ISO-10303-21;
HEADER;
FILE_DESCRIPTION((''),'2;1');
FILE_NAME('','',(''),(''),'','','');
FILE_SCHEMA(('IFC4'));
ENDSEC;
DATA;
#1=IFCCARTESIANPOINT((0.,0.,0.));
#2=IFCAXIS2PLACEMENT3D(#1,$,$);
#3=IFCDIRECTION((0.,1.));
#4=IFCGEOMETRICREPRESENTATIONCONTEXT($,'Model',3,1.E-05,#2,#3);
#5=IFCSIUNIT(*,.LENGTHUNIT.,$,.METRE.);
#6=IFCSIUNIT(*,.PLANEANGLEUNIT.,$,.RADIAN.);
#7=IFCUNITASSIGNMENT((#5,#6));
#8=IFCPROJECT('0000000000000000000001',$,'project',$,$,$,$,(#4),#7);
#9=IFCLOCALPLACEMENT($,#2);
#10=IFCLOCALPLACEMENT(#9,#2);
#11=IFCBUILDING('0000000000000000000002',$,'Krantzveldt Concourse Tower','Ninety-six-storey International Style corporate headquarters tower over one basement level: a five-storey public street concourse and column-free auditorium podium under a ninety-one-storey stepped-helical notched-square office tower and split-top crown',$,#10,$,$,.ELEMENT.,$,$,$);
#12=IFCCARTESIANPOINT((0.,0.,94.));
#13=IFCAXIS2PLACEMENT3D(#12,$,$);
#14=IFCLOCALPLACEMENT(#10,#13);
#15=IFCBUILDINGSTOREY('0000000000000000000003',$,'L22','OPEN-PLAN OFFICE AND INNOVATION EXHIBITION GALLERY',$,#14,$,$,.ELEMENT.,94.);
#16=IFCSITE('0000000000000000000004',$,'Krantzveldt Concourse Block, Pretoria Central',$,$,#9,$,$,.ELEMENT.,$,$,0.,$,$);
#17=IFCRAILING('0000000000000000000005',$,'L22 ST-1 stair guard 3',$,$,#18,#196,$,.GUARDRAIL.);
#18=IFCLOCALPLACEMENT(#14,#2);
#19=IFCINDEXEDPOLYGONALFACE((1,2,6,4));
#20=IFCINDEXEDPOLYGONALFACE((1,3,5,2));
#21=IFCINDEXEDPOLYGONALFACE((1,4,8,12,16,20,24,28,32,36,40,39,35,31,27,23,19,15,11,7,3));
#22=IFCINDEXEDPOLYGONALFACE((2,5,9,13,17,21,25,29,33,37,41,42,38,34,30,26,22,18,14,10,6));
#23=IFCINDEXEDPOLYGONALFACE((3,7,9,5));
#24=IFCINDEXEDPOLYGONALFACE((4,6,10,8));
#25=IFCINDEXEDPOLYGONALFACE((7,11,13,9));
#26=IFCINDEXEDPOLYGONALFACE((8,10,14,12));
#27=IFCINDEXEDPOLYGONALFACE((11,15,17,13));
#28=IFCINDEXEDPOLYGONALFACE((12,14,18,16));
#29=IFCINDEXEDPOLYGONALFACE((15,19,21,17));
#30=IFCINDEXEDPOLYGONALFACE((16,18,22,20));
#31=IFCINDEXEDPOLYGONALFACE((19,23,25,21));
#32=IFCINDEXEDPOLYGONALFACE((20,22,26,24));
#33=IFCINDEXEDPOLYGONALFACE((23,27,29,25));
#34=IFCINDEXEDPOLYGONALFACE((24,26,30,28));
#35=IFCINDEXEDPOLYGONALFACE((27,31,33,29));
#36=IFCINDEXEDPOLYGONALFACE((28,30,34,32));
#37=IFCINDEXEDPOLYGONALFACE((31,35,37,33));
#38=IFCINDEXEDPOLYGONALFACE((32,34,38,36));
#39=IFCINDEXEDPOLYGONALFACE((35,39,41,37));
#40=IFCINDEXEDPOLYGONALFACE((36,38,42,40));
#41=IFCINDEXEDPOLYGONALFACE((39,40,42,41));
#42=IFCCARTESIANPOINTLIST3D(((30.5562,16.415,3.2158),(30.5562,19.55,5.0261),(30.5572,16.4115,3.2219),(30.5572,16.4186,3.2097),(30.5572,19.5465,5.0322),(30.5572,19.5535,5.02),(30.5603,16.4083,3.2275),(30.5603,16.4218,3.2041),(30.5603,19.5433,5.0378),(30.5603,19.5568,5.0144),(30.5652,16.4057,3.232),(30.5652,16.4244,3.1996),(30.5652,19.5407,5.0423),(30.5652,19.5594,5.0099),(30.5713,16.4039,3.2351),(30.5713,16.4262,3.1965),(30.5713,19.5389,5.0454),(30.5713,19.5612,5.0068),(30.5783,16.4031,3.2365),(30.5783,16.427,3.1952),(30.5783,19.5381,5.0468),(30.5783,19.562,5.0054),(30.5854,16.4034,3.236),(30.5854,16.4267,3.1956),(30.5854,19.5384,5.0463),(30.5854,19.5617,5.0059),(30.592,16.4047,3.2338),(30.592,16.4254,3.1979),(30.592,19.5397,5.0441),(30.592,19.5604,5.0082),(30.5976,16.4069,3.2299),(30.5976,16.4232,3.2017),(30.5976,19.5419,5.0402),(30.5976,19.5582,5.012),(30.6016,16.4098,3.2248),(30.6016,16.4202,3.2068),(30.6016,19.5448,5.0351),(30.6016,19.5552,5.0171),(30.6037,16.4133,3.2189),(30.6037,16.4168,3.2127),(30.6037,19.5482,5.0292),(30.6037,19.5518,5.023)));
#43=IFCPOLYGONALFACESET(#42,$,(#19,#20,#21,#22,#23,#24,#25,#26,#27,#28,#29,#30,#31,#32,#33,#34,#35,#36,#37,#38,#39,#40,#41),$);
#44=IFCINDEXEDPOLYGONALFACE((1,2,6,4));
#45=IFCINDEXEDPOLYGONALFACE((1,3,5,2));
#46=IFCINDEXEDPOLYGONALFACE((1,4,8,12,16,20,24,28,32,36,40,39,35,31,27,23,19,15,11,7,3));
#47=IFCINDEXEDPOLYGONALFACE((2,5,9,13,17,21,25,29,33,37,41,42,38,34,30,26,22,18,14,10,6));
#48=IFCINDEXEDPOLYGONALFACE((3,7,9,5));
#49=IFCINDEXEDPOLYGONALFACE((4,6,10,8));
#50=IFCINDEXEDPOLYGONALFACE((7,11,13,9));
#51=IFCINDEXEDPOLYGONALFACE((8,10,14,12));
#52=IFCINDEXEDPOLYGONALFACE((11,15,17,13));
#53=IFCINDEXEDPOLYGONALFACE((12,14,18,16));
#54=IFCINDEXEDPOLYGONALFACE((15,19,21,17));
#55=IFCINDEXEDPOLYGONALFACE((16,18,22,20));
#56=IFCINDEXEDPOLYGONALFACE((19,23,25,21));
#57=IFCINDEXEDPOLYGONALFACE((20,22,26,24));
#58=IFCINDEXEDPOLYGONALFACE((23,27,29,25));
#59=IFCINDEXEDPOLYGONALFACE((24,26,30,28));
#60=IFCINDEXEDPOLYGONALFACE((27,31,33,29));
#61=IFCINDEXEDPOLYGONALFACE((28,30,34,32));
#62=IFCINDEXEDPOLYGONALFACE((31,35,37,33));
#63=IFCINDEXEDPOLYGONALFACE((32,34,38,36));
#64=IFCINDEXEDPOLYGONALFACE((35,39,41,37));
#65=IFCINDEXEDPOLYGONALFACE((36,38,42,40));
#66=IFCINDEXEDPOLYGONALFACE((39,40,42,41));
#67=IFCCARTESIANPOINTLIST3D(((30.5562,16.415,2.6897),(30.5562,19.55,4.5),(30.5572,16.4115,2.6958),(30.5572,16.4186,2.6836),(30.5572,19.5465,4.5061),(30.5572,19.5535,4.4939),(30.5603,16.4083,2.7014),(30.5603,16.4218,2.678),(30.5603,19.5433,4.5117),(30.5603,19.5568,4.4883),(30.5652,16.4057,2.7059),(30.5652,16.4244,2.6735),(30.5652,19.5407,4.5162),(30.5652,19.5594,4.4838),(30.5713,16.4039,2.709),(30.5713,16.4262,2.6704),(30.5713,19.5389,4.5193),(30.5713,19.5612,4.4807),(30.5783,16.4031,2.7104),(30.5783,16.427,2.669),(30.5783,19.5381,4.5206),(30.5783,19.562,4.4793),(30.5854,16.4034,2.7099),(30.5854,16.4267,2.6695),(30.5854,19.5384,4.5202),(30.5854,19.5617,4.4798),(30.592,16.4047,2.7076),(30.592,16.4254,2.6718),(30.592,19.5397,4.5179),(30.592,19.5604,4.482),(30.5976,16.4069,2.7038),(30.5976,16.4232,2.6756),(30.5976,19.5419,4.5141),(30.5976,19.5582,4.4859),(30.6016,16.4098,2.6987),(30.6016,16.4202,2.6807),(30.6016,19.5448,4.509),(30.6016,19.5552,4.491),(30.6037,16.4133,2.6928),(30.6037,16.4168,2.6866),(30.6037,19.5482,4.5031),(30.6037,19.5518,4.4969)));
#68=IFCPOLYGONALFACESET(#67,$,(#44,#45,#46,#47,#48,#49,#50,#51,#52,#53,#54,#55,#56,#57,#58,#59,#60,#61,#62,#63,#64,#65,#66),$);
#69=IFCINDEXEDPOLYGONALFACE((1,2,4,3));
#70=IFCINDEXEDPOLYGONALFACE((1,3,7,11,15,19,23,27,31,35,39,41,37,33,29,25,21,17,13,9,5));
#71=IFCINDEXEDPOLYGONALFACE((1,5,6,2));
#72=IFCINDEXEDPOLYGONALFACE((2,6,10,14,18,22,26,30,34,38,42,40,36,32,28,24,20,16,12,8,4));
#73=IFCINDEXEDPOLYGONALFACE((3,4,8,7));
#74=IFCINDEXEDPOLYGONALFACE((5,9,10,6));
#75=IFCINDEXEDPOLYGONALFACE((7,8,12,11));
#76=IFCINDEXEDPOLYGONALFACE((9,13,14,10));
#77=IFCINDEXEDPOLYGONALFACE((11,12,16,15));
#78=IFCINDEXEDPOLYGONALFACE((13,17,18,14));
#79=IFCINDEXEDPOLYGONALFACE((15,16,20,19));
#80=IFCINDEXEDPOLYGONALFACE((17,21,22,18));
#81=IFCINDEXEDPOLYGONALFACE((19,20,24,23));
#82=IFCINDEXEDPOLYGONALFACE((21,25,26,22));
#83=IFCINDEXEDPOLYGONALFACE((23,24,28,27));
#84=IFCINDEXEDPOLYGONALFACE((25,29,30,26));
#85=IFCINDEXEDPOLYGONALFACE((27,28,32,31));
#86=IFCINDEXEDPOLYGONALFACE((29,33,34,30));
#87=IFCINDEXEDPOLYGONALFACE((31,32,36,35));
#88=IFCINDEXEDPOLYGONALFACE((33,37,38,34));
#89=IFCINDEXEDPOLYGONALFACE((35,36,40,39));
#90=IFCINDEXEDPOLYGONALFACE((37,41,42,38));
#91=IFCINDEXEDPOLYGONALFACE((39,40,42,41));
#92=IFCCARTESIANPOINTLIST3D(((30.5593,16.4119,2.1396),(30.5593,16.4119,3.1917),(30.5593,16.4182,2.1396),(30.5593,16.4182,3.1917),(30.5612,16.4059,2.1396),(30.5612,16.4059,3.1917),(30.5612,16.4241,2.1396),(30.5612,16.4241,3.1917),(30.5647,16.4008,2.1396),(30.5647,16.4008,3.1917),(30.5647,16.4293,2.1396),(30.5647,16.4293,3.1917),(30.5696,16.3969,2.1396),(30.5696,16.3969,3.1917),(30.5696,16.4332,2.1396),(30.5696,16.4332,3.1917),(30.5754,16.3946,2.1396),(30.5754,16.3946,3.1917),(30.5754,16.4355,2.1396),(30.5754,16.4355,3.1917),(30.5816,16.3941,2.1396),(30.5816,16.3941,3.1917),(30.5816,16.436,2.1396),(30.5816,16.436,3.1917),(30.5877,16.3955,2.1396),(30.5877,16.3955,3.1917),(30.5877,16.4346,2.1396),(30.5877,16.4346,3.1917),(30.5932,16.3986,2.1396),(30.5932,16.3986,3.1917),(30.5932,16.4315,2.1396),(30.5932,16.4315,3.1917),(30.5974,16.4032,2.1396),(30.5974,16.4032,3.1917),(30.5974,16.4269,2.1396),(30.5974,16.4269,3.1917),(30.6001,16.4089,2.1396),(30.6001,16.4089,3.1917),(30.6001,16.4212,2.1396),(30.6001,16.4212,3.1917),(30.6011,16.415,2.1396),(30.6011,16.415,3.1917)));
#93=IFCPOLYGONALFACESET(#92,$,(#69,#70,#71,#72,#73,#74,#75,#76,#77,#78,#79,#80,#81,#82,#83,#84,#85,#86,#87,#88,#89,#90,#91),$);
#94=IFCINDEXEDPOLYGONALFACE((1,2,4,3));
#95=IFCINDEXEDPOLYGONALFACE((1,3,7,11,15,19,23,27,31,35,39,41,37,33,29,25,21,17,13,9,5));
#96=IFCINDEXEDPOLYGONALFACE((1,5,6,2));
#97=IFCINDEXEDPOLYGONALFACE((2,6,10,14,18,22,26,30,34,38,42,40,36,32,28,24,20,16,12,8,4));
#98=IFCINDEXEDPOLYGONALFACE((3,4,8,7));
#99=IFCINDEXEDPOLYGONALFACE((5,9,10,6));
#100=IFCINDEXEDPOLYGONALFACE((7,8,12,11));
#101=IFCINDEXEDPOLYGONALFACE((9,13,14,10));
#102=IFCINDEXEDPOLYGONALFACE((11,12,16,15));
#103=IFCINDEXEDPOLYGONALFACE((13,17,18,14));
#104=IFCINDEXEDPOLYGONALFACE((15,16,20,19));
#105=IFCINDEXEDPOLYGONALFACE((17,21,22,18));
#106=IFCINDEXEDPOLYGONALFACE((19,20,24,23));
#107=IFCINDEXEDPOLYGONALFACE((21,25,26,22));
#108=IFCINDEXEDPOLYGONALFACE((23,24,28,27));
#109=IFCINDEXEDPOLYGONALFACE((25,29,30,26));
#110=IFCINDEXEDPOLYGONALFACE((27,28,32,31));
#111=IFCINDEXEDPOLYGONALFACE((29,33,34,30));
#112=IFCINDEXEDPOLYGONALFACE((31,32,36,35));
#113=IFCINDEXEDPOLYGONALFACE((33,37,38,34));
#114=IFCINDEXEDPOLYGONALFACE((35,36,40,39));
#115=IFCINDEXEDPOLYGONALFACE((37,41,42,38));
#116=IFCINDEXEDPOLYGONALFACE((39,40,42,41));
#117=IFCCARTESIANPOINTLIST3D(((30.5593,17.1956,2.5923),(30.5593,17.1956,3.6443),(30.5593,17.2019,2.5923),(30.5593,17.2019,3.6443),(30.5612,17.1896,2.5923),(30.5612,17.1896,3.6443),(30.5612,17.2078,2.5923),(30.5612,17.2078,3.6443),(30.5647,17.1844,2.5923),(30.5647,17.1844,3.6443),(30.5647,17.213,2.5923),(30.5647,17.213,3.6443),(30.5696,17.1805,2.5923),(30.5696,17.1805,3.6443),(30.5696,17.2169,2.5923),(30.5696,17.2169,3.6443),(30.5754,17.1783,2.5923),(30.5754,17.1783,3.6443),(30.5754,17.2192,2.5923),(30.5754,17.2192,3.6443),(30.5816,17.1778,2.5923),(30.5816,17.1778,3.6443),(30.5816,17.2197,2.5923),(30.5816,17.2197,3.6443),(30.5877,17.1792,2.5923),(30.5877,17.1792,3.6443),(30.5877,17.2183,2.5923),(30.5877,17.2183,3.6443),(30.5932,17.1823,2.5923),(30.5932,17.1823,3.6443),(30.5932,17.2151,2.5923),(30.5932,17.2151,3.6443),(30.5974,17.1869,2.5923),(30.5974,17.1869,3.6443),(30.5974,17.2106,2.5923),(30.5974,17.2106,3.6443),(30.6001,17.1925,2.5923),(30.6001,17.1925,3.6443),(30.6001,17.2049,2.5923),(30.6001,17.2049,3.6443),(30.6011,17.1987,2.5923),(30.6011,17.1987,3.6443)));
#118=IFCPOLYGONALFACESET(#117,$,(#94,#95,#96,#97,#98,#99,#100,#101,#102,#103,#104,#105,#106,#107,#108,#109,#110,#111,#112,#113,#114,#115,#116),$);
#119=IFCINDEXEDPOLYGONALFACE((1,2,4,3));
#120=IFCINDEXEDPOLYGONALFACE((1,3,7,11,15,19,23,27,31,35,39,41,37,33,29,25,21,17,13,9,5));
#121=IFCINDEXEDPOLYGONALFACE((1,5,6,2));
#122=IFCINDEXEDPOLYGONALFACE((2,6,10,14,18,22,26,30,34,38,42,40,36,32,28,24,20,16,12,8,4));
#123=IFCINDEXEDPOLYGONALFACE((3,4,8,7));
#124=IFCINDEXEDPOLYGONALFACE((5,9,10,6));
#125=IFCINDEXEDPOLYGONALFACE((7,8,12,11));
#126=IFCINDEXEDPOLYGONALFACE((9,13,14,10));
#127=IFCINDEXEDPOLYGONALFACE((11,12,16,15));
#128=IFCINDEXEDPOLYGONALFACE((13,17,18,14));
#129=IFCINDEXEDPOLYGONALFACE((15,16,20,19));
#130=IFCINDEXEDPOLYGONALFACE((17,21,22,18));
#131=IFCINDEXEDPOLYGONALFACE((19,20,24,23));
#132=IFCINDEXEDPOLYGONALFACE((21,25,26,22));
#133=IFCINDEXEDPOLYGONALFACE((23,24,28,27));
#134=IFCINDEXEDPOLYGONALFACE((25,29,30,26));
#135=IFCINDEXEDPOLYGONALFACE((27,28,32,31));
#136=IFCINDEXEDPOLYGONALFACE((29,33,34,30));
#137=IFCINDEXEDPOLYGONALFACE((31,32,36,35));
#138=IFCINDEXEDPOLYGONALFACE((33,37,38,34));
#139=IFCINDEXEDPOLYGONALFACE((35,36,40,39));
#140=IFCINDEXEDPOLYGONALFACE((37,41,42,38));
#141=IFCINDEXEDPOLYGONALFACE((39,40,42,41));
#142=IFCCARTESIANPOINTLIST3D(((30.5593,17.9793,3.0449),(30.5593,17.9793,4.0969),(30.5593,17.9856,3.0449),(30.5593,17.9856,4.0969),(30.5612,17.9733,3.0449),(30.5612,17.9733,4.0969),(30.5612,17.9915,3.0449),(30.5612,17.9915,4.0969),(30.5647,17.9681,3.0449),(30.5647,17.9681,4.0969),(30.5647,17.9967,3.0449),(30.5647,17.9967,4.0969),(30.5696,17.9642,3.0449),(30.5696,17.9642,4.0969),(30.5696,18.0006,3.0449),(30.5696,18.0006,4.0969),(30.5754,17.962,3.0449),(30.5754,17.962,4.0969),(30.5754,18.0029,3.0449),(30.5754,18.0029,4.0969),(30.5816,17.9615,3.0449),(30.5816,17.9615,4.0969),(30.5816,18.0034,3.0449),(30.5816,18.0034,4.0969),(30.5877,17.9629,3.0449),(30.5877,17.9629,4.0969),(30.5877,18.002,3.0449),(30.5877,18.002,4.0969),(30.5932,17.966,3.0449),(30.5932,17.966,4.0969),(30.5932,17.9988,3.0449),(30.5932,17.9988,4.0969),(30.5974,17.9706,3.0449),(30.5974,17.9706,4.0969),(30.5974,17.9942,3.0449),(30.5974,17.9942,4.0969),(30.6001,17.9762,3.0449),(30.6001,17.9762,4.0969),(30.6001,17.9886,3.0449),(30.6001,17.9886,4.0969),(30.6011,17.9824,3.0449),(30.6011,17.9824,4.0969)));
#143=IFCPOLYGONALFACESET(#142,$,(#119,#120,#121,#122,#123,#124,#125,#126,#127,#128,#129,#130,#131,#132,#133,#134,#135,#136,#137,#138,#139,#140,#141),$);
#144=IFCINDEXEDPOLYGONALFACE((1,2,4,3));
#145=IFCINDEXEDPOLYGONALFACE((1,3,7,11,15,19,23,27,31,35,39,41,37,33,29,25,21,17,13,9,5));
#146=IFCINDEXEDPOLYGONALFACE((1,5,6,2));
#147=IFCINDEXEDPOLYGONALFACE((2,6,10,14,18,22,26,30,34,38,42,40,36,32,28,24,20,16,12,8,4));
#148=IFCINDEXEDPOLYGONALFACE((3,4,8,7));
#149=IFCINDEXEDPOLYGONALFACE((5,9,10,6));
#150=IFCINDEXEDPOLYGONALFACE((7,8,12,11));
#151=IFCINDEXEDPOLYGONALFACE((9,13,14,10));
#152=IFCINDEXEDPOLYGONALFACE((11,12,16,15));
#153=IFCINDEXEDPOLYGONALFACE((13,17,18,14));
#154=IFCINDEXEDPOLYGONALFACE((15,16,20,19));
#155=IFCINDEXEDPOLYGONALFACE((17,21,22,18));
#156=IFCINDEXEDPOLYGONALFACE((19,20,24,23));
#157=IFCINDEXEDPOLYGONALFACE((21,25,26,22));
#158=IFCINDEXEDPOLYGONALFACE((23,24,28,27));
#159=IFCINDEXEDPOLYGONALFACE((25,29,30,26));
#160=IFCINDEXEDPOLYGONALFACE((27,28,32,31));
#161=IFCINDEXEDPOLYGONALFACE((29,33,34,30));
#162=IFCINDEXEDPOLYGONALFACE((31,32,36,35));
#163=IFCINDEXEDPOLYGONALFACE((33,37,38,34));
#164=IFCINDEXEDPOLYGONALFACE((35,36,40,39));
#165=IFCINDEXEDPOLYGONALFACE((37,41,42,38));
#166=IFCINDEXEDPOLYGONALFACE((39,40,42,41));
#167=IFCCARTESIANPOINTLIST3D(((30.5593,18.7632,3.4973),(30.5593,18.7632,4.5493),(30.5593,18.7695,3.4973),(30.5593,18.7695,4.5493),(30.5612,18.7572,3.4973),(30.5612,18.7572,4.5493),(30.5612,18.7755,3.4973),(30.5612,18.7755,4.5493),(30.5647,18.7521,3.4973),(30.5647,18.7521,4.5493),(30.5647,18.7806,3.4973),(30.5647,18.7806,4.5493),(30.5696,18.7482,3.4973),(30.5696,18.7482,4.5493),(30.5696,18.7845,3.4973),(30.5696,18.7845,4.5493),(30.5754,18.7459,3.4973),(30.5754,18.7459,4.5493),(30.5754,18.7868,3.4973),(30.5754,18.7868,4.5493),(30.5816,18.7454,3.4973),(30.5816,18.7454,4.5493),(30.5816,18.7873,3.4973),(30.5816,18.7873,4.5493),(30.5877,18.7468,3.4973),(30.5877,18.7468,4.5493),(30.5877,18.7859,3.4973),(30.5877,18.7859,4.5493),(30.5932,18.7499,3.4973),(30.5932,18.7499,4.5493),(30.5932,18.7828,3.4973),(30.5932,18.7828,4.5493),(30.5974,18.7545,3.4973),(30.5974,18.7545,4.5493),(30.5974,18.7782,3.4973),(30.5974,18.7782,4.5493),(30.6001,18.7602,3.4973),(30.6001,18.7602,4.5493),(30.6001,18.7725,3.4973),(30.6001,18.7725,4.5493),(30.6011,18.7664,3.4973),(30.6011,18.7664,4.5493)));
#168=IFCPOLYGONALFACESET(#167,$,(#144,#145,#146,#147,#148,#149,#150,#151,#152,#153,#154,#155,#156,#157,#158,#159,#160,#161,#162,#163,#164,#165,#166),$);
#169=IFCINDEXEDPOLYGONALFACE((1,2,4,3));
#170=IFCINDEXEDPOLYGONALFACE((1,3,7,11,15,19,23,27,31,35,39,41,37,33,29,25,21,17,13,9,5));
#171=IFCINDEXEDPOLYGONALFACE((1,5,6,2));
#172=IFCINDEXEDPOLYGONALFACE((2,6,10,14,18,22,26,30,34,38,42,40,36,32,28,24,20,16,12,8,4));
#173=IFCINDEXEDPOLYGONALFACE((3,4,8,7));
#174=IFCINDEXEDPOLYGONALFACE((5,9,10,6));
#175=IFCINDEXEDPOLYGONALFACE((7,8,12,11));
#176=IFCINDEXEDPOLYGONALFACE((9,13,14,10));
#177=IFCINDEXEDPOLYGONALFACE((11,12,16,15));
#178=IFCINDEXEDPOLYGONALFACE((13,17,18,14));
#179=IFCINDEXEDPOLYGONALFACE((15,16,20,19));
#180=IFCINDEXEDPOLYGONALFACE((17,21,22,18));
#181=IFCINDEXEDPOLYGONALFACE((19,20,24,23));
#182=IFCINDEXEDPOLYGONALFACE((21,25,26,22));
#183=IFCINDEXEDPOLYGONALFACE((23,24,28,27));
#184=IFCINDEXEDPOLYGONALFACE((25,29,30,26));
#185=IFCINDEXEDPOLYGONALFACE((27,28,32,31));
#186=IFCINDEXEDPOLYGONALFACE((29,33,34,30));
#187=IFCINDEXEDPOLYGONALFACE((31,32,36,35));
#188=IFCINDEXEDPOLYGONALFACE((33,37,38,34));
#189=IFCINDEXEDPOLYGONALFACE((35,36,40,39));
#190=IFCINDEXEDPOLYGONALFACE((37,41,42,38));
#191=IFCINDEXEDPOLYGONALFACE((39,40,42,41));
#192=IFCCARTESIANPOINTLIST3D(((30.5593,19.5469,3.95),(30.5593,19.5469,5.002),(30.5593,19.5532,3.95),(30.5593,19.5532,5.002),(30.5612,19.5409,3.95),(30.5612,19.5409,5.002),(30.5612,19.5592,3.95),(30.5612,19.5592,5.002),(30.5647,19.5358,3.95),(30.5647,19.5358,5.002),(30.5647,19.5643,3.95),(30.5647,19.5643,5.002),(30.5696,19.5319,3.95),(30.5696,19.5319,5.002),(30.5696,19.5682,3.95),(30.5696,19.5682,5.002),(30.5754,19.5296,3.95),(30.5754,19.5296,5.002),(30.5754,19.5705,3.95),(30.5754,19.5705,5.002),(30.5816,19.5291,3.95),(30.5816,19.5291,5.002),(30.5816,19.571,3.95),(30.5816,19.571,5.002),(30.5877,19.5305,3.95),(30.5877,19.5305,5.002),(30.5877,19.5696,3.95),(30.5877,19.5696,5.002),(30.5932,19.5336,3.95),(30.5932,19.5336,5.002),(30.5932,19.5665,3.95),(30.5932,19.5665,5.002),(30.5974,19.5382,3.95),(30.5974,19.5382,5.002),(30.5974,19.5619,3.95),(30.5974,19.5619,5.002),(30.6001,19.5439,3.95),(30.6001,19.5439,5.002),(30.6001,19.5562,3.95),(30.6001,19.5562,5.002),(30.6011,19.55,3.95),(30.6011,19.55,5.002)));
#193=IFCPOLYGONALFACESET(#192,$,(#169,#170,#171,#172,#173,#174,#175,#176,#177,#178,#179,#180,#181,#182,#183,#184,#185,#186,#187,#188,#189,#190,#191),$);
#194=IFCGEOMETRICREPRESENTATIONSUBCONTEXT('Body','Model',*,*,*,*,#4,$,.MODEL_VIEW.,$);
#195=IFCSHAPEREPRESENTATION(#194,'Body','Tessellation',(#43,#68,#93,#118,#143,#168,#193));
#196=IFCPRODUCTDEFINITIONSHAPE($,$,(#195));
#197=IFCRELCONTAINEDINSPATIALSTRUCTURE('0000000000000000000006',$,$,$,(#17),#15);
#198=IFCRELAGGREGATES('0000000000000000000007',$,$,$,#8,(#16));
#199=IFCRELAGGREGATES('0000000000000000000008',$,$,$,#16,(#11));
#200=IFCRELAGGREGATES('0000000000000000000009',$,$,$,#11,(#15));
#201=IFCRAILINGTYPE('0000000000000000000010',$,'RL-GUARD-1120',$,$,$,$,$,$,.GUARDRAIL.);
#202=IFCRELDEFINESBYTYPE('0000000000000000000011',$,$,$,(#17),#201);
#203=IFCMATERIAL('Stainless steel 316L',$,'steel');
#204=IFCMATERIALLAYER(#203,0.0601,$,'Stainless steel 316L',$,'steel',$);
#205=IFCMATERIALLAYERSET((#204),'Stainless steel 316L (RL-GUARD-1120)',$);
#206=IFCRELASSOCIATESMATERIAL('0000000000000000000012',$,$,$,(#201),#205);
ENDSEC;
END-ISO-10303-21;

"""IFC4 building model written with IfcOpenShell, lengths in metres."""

from ifc_helpers import new_model, si_unit, direction, frame, origin, origin_2d, place, context, subcontext, project, spatial, circle, extrude, material, layer, layer_set, type_object, element, save


model = new_model("IFC4")

# Units and contexts
model_context = context("Model", 3, precision=1e-05, world=origin(), true_north=direction((0.0, 1.0)))
body_context = subcontext(model_context, "Body", "Model", "MODEL_VIEW")
ifc_project = project(units=[si_unit("LENGTHUNIT", "METRE"), si_unit("PLANEANGLEUNIT", "RADIAN")], contexts=[model_context])

# Site, building, storey
site_placement = place(None, origin())
site = spatial("IfcSite", under=ifc_project, at=site_placement, Name="Krantzveldt Concourse Block, Pretoria Central", CompositionType="ELEMENT", RefElevation=0.0)
building_placement = place(site_placement, origin())
building = spatial("IfcBuilding", under=site, at=building_placement, Name="Krantzveldt Concourse Tower", Description="Ninety-six-storey International Style corporate headquarters tower over one basement level: a five-storey public street concourse and column-free auditorium podium under a ninety-one-storey stepped-helical notched-square office tower and split-top crown", CompositionType="ELEMENT")
storey_placement = place(building_placement, frame((0.0, 0.0, 94.0)))
storey = spatial("IfcBuildingStorey", under=building, at=storey_placement, Name="L22", Description="OPEN-PLAN OFFICE AND INNOVATION EXHIBITION GALLERY", CompositionType="ELEMENT", Elevation=94.0)

# Railing
ifc_material_1 = material(Name="Stainless steel 316L", Category="steel")
ifc_layer_1 = layer(ifc_material_1, 0.0601, Name="Stainless steel 316L", Category="steel")
ifc_layer_set_1 = layer_set([ifc_layer_1], Name="Stainless steel 316L (RL-GUARD-1120)")
railing_type_1 = type_object("IfcRailingType", Name="RL-GUARD-1120", PredefinedType="GUARDRAIL", material=ifc_layer_set_1)
railing_1_placement = place(storey_placement, frame((30.5801, 16.415, 2.1396)))
element("IfcRailing", 1, at=railing_1_placement, inside=storey, type_object=railing_type_1, Name="L22 ST-1 stair guard 3", PredefinedType="GUARDRAIL", context=body_context, shape_type="SweptSolid", body=[
    extrude(circle(Radius=0.0239, at=origin_2d()), frame((0.0, 0.0, 1.0762), z_axis=(0.0, 0.865989, 0.500063), x_axis=(-1.0, 0.0, 0.0)), (0.0, 0.0, 1.0), 3.6201),
    extrude(circle(Radius=0.0239, at=origin_2d()), frame((0.0, 0.0, 0.55), z_axis=(0.0, 0.865989, 0.500063), x_axis=(-1.0, 0.0, 0.0)), (0.0, 0.0, 1.0), 3.6201),
    extrude(circle(Radius=0.021, at=origin_2d()), origin(), (0.0, 0.0, 1.0), 1.052),
    extrude(circle(Radius=0.021, at=origin_2d()), frame((0.0, 0.7837, 0.4526)), (0.0, 0.0, 1.0), 1.052),
    extrude(circle(Radius=0.021, at=origin_2d()), frame((0.0, 1.5674, 0.9053)), (0.0, 0.0, 1.0), 1.052),
    extrude(circle(Radius=0.021, at=origin_2d()), frame((0.0, 2.3513, 1.3577)), (0.0, 0.0, 1.0), 1.052),
    extrude(circle(Radius=0.021, at=origin_2d()), frame((0.0, 3.135, 1.8103)), (0.0, 0.0, 1.0), 1.052),
])

save(model, "model.ifc")
